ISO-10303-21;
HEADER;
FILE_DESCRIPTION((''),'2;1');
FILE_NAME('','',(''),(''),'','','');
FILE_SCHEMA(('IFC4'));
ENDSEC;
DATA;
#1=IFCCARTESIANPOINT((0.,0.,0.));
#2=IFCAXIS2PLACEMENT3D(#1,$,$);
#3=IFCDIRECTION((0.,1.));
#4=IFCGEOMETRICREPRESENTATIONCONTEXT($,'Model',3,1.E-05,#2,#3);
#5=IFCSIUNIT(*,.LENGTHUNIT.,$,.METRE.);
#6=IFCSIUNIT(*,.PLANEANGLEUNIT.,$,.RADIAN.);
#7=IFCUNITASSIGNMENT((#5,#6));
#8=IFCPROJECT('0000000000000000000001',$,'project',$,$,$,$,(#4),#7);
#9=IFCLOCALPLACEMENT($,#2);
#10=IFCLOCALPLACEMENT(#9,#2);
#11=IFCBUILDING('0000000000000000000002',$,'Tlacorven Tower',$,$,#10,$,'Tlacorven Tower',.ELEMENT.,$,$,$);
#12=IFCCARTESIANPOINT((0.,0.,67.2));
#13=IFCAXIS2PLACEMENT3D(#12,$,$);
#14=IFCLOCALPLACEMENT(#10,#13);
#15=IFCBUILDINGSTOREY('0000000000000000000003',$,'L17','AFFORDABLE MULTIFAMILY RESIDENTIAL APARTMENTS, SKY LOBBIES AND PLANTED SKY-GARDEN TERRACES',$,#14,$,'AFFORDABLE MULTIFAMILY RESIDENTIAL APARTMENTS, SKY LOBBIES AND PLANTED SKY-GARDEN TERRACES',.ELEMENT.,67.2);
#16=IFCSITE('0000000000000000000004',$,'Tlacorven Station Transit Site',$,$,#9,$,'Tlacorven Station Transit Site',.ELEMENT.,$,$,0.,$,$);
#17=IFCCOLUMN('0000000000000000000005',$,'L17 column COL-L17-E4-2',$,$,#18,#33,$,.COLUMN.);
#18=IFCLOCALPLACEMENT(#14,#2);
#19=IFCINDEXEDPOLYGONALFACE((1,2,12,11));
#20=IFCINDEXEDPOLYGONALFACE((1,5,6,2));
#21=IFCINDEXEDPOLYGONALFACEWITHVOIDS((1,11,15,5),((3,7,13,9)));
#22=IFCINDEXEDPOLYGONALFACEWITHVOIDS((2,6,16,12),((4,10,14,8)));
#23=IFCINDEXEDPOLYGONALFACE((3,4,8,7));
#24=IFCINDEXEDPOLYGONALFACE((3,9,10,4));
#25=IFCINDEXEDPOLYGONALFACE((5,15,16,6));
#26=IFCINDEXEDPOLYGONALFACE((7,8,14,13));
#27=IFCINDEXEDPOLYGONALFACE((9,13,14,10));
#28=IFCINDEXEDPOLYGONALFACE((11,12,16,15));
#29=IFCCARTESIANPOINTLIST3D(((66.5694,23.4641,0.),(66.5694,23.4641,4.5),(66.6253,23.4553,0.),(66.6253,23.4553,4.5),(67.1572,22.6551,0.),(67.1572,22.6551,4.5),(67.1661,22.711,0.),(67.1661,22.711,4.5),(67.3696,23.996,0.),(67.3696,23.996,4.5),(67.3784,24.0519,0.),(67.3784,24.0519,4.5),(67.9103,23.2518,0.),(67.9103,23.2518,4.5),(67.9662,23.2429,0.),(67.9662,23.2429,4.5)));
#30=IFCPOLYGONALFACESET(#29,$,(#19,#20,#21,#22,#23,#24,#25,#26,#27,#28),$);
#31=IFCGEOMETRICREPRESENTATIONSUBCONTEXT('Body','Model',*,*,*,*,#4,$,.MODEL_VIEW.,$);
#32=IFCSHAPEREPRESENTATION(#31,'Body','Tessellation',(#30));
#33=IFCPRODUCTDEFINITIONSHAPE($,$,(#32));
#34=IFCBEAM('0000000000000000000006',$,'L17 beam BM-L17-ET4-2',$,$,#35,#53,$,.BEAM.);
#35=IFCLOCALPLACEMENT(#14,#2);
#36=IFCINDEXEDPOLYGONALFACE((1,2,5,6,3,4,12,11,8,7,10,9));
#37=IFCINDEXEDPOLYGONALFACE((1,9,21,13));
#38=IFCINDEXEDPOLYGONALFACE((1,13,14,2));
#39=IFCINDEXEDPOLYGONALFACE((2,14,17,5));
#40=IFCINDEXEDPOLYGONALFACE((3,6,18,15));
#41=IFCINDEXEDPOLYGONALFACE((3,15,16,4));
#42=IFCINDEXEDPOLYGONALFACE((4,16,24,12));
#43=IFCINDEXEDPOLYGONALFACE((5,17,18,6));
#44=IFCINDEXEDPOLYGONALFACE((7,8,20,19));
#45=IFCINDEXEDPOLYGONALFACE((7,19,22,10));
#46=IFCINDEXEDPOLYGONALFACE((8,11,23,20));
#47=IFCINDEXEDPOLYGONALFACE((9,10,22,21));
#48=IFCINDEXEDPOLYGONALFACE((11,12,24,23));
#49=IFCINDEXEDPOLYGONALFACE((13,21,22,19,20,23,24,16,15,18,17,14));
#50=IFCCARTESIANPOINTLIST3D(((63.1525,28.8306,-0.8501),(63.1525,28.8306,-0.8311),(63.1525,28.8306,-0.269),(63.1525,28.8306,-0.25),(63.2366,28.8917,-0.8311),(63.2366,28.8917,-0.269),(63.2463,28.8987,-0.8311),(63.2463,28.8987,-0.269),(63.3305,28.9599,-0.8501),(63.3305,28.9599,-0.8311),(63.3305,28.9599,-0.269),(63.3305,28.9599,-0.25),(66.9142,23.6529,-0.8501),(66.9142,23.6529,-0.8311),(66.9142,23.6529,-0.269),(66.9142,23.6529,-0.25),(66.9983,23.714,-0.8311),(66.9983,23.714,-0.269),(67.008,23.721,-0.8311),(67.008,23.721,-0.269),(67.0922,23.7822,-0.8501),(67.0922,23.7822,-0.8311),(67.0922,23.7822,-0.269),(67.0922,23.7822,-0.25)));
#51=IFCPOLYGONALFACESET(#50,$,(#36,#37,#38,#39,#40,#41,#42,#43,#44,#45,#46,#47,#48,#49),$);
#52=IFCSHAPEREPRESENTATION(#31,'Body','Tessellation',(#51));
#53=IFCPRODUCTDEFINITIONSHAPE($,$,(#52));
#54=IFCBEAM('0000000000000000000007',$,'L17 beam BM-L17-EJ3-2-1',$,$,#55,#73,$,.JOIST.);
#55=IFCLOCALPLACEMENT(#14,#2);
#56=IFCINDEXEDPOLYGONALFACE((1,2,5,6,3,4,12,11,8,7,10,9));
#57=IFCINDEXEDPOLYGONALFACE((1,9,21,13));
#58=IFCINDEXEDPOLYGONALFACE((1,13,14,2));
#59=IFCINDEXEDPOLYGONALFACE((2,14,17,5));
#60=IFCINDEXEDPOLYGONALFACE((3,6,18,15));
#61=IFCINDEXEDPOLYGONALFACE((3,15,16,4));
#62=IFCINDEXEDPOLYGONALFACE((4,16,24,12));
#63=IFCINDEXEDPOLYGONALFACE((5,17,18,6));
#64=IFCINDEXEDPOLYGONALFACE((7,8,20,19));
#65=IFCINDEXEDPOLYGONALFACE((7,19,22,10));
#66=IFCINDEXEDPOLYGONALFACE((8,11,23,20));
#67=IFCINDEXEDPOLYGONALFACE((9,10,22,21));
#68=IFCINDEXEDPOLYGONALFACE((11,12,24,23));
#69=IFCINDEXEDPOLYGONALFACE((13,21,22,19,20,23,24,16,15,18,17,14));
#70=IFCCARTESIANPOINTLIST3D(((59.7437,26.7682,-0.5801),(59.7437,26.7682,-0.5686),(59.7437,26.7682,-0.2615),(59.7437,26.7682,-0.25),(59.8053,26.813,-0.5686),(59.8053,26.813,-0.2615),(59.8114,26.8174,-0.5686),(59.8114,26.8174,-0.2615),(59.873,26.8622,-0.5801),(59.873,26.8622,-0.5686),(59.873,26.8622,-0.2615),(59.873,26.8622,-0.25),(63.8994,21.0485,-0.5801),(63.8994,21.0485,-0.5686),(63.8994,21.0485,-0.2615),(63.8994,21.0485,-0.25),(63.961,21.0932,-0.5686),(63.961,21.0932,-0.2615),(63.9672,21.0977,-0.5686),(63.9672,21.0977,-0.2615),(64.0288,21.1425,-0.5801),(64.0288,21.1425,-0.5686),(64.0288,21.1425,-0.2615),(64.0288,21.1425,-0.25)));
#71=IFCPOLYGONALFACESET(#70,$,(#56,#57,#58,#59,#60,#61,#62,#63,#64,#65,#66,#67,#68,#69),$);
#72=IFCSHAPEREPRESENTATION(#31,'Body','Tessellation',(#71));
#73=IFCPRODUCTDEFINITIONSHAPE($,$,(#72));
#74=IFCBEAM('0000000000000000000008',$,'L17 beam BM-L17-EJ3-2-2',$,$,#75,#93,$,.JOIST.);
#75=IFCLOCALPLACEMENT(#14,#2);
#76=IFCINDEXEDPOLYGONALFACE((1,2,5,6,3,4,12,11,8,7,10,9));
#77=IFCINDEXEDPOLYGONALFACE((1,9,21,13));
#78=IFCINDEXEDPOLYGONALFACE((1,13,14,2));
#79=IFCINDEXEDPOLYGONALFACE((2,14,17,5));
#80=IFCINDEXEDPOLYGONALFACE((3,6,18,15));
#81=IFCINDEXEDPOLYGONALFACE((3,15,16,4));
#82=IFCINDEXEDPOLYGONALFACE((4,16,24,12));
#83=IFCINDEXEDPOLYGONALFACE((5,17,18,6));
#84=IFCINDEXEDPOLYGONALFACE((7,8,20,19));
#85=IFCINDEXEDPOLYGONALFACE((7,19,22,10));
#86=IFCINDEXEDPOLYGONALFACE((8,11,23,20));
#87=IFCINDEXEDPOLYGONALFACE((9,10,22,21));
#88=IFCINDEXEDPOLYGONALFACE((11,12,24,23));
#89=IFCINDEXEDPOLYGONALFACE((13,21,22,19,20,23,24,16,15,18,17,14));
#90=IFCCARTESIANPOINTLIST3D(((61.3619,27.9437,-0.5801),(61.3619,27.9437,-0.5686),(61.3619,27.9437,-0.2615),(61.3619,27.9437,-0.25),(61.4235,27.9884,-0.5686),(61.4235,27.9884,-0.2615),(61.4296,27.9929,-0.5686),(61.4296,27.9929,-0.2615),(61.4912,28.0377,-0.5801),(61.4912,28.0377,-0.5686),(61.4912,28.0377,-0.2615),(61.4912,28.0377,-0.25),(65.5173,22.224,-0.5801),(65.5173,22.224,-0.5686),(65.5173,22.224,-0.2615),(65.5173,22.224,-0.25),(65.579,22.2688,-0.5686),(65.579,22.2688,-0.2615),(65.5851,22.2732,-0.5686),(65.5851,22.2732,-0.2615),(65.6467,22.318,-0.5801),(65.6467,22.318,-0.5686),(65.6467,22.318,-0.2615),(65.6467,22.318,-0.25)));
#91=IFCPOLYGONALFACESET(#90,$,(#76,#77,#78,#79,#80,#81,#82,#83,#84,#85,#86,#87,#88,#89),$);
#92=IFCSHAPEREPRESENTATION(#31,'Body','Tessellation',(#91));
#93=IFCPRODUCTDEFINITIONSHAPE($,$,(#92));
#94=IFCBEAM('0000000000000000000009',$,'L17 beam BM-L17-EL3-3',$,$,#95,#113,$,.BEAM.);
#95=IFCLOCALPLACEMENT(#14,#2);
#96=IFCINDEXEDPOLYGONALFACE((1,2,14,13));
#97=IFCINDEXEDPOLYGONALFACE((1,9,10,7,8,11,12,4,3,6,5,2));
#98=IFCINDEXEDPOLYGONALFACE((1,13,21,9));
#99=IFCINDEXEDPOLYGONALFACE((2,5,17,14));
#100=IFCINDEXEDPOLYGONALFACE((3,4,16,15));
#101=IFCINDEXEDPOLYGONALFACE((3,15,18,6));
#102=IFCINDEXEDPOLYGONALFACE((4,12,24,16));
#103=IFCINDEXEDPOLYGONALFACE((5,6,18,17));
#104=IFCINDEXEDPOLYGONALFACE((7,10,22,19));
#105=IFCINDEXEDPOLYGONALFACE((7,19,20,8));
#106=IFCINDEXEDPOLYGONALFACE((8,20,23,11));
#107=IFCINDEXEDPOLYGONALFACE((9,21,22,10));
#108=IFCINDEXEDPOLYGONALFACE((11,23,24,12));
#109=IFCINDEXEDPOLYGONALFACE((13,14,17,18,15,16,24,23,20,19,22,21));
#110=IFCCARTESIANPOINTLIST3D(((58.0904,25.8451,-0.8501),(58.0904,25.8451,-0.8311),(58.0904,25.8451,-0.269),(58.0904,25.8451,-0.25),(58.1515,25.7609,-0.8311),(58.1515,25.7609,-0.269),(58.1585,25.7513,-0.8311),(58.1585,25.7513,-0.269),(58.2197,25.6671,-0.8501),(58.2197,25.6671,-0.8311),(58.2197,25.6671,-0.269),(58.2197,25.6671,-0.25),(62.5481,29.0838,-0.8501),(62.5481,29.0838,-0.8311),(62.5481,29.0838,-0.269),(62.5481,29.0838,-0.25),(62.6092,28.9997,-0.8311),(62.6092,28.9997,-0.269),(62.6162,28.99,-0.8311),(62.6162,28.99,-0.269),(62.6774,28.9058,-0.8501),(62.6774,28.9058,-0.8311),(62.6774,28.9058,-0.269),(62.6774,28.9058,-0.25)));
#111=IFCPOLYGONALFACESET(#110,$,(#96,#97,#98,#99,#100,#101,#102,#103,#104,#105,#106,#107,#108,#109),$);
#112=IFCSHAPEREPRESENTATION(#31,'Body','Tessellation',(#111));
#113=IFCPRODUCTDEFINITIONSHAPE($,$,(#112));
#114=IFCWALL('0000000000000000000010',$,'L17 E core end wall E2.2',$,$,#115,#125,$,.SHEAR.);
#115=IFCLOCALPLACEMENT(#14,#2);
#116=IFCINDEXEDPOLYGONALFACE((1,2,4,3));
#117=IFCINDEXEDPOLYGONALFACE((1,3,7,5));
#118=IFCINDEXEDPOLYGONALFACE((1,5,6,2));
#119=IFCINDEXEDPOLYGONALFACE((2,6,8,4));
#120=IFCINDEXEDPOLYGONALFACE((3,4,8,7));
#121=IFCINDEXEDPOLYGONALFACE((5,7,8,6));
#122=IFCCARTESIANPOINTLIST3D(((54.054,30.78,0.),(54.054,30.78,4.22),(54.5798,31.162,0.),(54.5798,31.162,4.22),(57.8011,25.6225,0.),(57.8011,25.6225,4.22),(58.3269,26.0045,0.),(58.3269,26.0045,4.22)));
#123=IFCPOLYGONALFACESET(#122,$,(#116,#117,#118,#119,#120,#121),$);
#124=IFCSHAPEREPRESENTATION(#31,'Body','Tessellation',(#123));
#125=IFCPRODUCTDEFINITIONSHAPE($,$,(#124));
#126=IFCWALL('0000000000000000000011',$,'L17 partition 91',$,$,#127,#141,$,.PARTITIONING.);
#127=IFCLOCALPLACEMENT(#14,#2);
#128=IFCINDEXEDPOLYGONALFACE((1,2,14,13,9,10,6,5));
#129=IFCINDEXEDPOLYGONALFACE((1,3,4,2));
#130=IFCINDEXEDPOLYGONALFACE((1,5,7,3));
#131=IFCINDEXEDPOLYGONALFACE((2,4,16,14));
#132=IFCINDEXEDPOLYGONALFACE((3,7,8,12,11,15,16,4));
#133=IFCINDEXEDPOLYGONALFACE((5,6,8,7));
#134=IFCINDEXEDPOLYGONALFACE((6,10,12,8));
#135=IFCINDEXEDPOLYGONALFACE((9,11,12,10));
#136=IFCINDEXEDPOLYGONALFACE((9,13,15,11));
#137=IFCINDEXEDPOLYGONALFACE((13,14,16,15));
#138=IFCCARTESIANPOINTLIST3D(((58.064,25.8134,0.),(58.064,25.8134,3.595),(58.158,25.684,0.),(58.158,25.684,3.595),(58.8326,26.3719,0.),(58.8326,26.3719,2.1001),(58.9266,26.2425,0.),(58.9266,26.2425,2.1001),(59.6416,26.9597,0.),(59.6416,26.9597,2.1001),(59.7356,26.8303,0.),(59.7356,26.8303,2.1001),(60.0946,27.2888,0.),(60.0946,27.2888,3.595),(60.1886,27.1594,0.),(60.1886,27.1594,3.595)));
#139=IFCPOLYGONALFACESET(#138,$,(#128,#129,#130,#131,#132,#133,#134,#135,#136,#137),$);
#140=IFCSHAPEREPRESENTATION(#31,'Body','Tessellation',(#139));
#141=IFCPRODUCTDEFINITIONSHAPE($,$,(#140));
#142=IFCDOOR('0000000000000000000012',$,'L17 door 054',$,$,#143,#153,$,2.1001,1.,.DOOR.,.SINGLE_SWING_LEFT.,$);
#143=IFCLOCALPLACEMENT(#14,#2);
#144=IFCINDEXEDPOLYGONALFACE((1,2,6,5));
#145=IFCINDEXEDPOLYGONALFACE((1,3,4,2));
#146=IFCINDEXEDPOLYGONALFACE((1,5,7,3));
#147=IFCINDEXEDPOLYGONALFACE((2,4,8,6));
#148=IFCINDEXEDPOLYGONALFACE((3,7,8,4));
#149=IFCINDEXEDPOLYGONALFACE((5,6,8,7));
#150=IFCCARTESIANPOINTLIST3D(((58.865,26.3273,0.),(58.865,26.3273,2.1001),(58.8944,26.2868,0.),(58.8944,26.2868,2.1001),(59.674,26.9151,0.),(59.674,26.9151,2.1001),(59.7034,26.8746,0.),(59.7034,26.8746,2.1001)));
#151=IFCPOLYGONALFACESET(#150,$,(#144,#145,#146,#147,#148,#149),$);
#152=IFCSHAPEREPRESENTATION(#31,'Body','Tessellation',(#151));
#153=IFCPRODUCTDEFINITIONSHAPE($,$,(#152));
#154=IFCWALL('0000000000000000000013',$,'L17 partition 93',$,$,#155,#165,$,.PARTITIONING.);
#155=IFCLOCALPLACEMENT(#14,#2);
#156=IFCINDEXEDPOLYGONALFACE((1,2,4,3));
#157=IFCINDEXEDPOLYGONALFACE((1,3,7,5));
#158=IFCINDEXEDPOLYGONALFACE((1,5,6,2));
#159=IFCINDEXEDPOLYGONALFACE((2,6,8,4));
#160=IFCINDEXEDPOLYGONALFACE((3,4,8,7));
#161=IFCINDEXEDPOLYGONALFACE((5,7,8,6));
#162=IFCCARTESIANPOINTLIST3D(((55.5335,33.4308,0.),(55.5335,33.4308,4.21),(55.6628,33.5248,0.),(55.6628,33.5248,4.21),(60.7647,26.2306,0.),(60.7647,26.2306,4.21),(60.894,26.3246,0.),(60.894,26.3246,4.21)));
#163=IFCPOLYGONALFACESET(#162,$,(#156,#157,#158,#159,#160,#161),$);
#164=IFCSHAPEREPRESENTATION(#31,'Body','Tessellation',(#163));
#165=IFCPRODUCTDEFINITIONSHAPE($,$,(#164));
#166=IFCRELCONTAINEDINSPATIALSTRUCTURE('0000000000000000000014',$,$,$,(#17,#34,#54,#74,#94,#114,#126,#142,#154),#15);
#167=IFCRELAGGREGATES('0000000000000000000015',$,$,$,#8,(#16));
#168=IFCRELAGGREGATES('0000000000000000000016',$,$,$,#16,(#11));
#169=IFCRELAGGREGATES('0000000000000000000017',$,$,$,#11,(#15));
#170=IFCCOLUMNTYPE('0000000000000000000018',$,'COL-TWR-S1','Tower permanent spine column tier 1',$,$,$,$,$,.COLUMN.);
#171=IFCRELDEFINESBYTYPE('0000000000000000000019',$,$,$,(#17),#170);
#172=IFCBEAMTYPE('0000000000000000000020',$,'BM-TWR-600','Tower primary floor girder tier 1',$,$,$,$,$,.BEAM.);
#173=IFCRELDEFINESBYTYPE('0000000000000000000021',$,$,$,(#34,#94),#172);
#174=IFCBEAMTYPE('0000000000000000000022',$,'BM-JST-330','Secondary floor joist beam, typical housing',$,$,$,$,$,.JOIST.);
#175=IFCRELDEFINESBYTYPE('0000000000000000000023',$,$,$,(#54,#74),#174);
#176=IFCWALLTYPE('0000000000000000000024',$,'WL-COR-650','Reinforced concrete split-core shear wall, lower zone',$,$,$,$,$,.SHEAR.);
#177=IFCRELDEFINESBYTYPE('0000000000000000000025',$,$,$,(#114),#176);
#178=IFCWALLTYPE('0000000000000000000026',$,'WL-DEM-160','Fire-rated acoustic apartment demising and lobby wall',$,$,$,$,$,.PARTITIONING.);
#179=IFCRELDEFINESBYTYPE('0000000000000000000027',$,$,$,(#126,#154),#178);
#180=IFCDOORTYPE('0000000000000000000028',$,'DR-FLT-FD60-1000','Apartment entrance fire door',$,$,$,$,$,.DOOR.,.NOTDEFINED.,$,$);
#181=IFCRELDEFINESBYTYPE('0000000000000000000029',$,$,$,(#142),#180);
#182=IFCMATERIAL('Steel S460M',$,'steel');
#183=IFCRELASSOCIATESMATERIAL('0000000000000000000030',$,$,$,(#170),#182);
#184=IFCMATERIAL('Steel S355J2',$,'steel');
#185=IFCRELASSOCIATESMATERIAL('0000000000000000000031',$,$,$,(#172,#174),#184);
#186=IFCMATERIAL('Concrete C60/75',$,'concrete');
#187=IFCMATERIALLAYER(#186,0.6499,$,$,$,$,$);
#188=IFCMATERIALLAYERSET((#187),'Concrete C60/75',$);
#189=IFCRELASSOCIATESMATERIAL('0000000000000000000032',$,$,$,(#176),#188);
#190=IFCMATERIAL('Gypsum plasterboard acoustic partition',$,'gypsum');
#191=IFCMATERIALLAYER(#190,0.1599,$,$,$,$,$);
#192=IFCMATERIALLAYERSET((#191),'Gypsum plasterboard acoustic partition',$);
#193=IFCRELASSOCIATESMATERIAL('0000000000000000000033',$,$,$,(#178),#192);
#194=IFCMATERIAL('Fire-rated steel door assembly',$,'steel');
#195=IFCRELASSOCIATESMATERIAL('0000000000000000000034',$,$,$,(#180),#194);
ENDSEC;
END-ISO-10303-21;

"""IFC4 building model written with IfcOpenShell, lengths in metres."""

from ifc_helpers import new_model, si_unit, direction, frame, frame_2d, origin, origin_2d, place, context, subcontext, project, spatial, rectangle, hollow_rectangle, i_section, extrude, source, transform, mapped, material, layer, layer_set, material_profile, profile_set, type_object, element, fill, save


model = new_model("IFC4")

# Units and contexts
model_context = context("Model", 3, precision=1e-05, world=origin(), true_north=direction((0.0, 1.0)))
body_context = subcontext(model_context, "Body", "Model", "MODEL_VIEW")
ifc_project = project(units=[si_unit("LENGTHUNIT", "METRE"), si_unit("PLANEANGLEUNIT", "RADIAN")], contexts=[model_context])

# Site, building, storey
site_placement = place(None, origin())
site = spatial("IfcSite", under=ifc_project, at=site_placement, Name="Tlacorven Station Transit Site", LongName="Tlacorven Station Transit Site", CompositionType="ELEMENT", RefElevation=0.0)
building_placement = place(site_placement, origin())
building = spatial("IfcBuilding", under=site, at=building_placement, Name="Tlacorven Tower", LongName="Tlacorven Tower", CompositionType="ELEMENT")
storey_placement = place(building_placement, frame((0.0, 0.0, 67.2)))
storey = spatial("IfcBuildingStorey", under=building, at=storey_placement, Name="L17", Description="AFFORDABLE MULTIFAMILY RESIDENTIAL APARTMENTS, SKY LOBBIES AND PLANTED SKY-GARDEN TERRACES", LongName="AFFORDABLE MULTIFAMILY RESIDENTIAL APARTMENTS, SKY LOBBIES AND PLANTED SKY-GARDEN TERRACES", CompositionType="ELEMENT", Elevation=67.2)

# Column
ifc_material_1 = material(Name="Steel S460M", Category="steel")
ifc_material_profile_1 = material_profile(ifc_material_1, hollow_rectangle(XDim=1.0, YDim=1.0, WallThickness=0.04, at=origin_2d()), Name="BOX 1000X1000X40")
ifc_profile_set_1 = profile_set([ifc_material_profile_1], Name="Steel S460M")
column_type = type_object("IfcColumnType", Name="COL-TWR-S1", Description="Tower permanent spine column tier 1", PredefinedType="COLUMN", material=ifc_profile_set_1)
shared_shape_1 = source(origin(), body_context, "Body", "SweptSolid", [
    extrude(hollow_rectangle(XDim=1.0, YDim=1.0, WallThickness=0.04, at=origin_2d()), origin(), (0.0, 0.0, 1.0), 4.5),
])
column_placement = place(storey_placement, frame((67.2678, 23.3535, 0.0), z_axis=(0.0, 0.0, 1.0), x_axis=(0.809017, 0.587785, 0.0)))
element("IfcColumn", 1, at=column_placement, inside=storey, type_object=column_type, Name="L17 column COL-L17-E4-2", PredefinedType="COLUMN", context=body_context, shape_type="MappedRepresentation", body=[
    mapped(shared_shape_1, transform((0.0, 0.0, 0.0), scale=1.0)),
])

# Beams
ifc_material_2 = material(Name="Steel S355J2", Category="steel")
ifc_material_profile_2 = material_profile(ifc_material_2, i_section(OverallWidth=0.22, OverallDepth=0.6001, WebThickness=0.012, FlangeThickness=0.019, at=origin_2d()), Name="IPE 600")
ifc_profile_set_2 = profile_set([ifc_material_profile_2], Name="Steel S355J2")
beam_type_1 = type_object("IfcBeamType", Name="BM-TWR-600", Description="Tower primary floor girder tier 1", PredefinedType="BEAM", material=ifc_profile_set_2)
shared_shape_2 = source(origin(), body_context, "Body", "SweptSolid", [
    extrude(i_section(OverallWidth=0.22, OverallDepth=0.6001, WebThickness=0.012, FlangeThickness=0.019, at=origin_2d()), origin(), (0.0, 0.0, 1.0), 6.3999),
])
beam_1_placement = place(storey_placement, frame((67.0032, 23.7175, -0.55), z_axis=(-0.587772, 0.809026, 0.0), x_axis=(-0.809026, -0.587772, 0.0)))
element("IfcBeam", 2, at=beam_1_placement, inside=storey, type_object=beam_type_1, Name="L17 beam BM-L17-ET4-2", PredefinedType="BEAM", context=body_context, shape_type="MappedRepresentation", body=[
    mapped(shared_shape_2, transform((0.0, 0.0, 0.0), scale=1.0)),
])
ifc_material_profile_3 = material_profile(ifc_material_2, i_section(OverallWidth=0.1599, OverallDepth=0.3301, WebThickness=0.0076, FlangeThickness=0.0115, at=origin_2d()), Name="IPE 330")
ifc_profile_set_3 = profile_set([ifc_material_profile_3], Name="Steel S355J2")
beam_type_2 = type_object("IfcBeamType", Name="BM-JST-330", Description="Secondary floor joist beam, typical housing", PredefinedType="JOIST", material=ifc_profile_set_3)
shared_shape_3 = source(origin(), body_context, "Body", "SweptSolid", [
    extrude(i_section(OverallWidth=0.1599, OverallDepth=0.3301, WebThickness=0.0076, FlangeThickness=0.0115, at=origin_2d()), origin(), (0.0, 0.0, 1.0), 7.0701),
])
beam_2_placement = place(storey_placement, frame((63.9641, 21.0955, -0.415), z_axis=(-0.587798, 0.809008, 0.0), x_axis=(-0.809008, -0.587798, 0.0)))
element("IfcBeam", 3, at=beam_2_placement, inside=storey, type_object=beam_type_2, Name="L17 beam BM-L17-EJ3-2-1", PredefinedType="JOIST", context=body_context, shape_type="MappedRepresentation", body=[
    mapped(shared_shape_3, transform((0.0, 0.0, 0.0), scale=1.0)),
])
shared_shape_4 = source(origin(), body_context, "Body", "SweptSolid", [
    extrude(i_section(OverallWidth=0.1599, OverallDepth=0.3301, WebThickness=0.0076, FlangeThickness=0.0115, at=origin_2d()), origin(), (0.0, 0.0, 1.0), 7.0698),
])
beam_3_placement = place(storey_placement, frame((65.582, 22.271, -0.415), z_axis=(-0.587775, 0.809024, 0.0), x_axis=(-0.809024, -0.587775, 0.0)))
element("IfcBeam", 4, at=beam_3_placement, inside=storey, type_object=beam_type_2, Name="L17 beam BM-L17-EJ3-2-2", PredefinedType="JOIST", context=body_context, shape_type="MappedRepresentation", body=[
    mapped(shared_shape_4, transform((0.0, 0.0, 0.0), scale=1.0)),
])
shared_shape_5 = source(origin(), body_context, "Body", "SweptSolid", [
    extrude(i_section(OverallWidth=0.22, OverallDepth=0.6001, WebThickness=0.012, FlangeThickness=0.019, at=origin_2d()), origin(), (0.0, 0.0, 1.0), 5.51),
])
beam_4_placement = place(storey_placement, frame((58.155, 25.7561, -0.55), z_axis=(0.809016, 0.587787, 0.0), x_axis=(-0.587787, 0.809016, 0.0)))
element("IfcBeam", 5, at=beam_4_placement, inside=storey, type_object=beam_type_1, Name="L17 beam BM-L17-EL3-3", PredefinedType="BEAM", context=body_context, shape_type="MappedRepresentation", body=[
    mapped(shared_shape_5, transform((0.0, 0.0, 0.0), scale=1.0)),
])

# Wall
ifc_material_3 = material(Name="Concrete C60/75", Category="concrete")
ifc_layer_1 = layer(ifc_material_3, 0.6499)
ifc_layer_set_1 = layer_set([ifc_layer_1], Name="Concrete C60/75")
wall_type_1 = type_object("IfcWallType", Name="WL-COR-650", Description="Reinforced concrete split-core shear wall, lower zone", PredefinedType="SHEAR", material=ifc_layer_set_1)
wall_1_placement = place(storey_placement, frame((58.064, 25.8135, 0.0), z_axis=(0.0, 0.0, 1.0), x_axis=(-0.58778, 0.809021, 0.0)))
element("IfcWall", 6, at=wall_1_placement, inside=storey, type_object=wall_type_1, Name="L17 E core end wall E2.2", PredefinedType="SHEAR", context=body_context, shape_type="SweptSolid", body=[
    extrude(rectangle(XDim=6.375, YDim=0.6499, at=frame_2d((3.1875, 0.0))), origin(), (0.0, 0.0, 1.0), 4.22),
])

# Wall, opening, door
ifc_material_4 = material(Name="Gypsum plasterboard acoustic partition", Category="gypsum")
ifc_layer_2 = layer(ifc_material_4, 0.1599)
ifc_layer_set_2 = layer_set([ifc_layer_2], Name="Gypsum plasterboard acoustic partition")
wall_type_2 = type_object("IfcWallType", Name="WL-DEM-160", Description="Fire-rated acoustic apartment demising and lobby wall", PredefinedType="PARTITIONING", material=ifc_layer_set_2)
wall_2_placement = place(storey_placement, frame((58.1111, 25.7488, 0.0), z_axis=(0.0, 0.0, 1.0), x_axis=(0.809001, 0.587807, 0.0)))
wall_2 = element("IfcWall", 7, at=wall_2_placement, inside=storey, type_object=wall_type_2, Name="L17 partition 91", PredefinedType="PARTITIONING", context=body_context, shape_type="SweptSolid", body=[
    extrude(rectangle(XDim=2.51, YDim=0.1599, at=frame_2d((1.2549, 0.0))), origin(), (0.0, 0.0, 1.0), 3.595),
])
opening_1_placement = place(wall_2_placement, frame((0.95, 0.0, 0.0)))
opening_1 = element("IfcOpeningElement", 8, at=opening_1_placement, cuts=wall_2, PredefinedType="OPENING", context=body_context, shape_type="SweptSolid", body=[
    extrude(rectangle(XDim=1.0, YDim=2.1001, at=frame_2d((0.5, 1.05))), frame((0.0, 0.0898, 0.0), z_axis=(0.0, -1.0, 0.0), x_axis=(1.0, 0.0, 0.0)), (0.0, 0.0, 1.0), 0.1799),
])
ifc_material_5 = material(Name="Fire-rated steel door assembly", Category="steel")
door_type = type_object("IfcDoorType", Name="DR-FLT-FD60-1000", Description="Apartment entrance fire door", OperationType="NOTDEFINED", PredefinedType="DOOR", material=ifc_material_5)
shared_shape_6 = source(origin(), body_context, "Body", "SweptSolid", [
    extrude(rectangle(XDim=1.0, YDim=2.1001, at=frame_2d((0.5, 1.05))), frame((0.0, 0.0249, 0.0), z_axis=(0.0, -1.0, 0.0), x_axis=(1.0, 0.0, 0.0)), (0.0, 0.0, 1.0), 0.05),
])
door_1_placement = place(opening_1_placement, origin())
door_1 = element("IfcDoor", 9, at=door_1_placement, inside=storey, type_object=door_type, Name="L17 door 054", OperationType="SINGLE_SWING_LEFT", OverallHeight=2.1001, OverallWidth=1.0, PredefinedType="DOOR", context=body_context, shape_type="MappedRepresentation", body=[
    mapped(shared_shape_6, transform((0.0, 0.0, 0.0), scale=1.0)),
])
fill(opening_1, door_1)

# Wall
wall_3_placement = place(storey_placement, frame((60.8293, 26.2776, 0.0), z_axis=(0.0, 0.0, 1.0), x_axis=(-0.587782, 0.80902, 0.0)))
element("IfcWall", 10, at=wall_3_placement, inside=storey, type_object=wall_type_2, Name="L17 partition 93", PredefinedType="PARTITIONING", context=body_context, shape_type="SweptSolid", body=[
    extrude(rectangle(XDim=8.8999, YDim=0.1599, at=frame_2d((4.45, 0.0))), origin(), (0.0, 0.0, 1.0), 4.21),
])

save(model, "model.ifc")
